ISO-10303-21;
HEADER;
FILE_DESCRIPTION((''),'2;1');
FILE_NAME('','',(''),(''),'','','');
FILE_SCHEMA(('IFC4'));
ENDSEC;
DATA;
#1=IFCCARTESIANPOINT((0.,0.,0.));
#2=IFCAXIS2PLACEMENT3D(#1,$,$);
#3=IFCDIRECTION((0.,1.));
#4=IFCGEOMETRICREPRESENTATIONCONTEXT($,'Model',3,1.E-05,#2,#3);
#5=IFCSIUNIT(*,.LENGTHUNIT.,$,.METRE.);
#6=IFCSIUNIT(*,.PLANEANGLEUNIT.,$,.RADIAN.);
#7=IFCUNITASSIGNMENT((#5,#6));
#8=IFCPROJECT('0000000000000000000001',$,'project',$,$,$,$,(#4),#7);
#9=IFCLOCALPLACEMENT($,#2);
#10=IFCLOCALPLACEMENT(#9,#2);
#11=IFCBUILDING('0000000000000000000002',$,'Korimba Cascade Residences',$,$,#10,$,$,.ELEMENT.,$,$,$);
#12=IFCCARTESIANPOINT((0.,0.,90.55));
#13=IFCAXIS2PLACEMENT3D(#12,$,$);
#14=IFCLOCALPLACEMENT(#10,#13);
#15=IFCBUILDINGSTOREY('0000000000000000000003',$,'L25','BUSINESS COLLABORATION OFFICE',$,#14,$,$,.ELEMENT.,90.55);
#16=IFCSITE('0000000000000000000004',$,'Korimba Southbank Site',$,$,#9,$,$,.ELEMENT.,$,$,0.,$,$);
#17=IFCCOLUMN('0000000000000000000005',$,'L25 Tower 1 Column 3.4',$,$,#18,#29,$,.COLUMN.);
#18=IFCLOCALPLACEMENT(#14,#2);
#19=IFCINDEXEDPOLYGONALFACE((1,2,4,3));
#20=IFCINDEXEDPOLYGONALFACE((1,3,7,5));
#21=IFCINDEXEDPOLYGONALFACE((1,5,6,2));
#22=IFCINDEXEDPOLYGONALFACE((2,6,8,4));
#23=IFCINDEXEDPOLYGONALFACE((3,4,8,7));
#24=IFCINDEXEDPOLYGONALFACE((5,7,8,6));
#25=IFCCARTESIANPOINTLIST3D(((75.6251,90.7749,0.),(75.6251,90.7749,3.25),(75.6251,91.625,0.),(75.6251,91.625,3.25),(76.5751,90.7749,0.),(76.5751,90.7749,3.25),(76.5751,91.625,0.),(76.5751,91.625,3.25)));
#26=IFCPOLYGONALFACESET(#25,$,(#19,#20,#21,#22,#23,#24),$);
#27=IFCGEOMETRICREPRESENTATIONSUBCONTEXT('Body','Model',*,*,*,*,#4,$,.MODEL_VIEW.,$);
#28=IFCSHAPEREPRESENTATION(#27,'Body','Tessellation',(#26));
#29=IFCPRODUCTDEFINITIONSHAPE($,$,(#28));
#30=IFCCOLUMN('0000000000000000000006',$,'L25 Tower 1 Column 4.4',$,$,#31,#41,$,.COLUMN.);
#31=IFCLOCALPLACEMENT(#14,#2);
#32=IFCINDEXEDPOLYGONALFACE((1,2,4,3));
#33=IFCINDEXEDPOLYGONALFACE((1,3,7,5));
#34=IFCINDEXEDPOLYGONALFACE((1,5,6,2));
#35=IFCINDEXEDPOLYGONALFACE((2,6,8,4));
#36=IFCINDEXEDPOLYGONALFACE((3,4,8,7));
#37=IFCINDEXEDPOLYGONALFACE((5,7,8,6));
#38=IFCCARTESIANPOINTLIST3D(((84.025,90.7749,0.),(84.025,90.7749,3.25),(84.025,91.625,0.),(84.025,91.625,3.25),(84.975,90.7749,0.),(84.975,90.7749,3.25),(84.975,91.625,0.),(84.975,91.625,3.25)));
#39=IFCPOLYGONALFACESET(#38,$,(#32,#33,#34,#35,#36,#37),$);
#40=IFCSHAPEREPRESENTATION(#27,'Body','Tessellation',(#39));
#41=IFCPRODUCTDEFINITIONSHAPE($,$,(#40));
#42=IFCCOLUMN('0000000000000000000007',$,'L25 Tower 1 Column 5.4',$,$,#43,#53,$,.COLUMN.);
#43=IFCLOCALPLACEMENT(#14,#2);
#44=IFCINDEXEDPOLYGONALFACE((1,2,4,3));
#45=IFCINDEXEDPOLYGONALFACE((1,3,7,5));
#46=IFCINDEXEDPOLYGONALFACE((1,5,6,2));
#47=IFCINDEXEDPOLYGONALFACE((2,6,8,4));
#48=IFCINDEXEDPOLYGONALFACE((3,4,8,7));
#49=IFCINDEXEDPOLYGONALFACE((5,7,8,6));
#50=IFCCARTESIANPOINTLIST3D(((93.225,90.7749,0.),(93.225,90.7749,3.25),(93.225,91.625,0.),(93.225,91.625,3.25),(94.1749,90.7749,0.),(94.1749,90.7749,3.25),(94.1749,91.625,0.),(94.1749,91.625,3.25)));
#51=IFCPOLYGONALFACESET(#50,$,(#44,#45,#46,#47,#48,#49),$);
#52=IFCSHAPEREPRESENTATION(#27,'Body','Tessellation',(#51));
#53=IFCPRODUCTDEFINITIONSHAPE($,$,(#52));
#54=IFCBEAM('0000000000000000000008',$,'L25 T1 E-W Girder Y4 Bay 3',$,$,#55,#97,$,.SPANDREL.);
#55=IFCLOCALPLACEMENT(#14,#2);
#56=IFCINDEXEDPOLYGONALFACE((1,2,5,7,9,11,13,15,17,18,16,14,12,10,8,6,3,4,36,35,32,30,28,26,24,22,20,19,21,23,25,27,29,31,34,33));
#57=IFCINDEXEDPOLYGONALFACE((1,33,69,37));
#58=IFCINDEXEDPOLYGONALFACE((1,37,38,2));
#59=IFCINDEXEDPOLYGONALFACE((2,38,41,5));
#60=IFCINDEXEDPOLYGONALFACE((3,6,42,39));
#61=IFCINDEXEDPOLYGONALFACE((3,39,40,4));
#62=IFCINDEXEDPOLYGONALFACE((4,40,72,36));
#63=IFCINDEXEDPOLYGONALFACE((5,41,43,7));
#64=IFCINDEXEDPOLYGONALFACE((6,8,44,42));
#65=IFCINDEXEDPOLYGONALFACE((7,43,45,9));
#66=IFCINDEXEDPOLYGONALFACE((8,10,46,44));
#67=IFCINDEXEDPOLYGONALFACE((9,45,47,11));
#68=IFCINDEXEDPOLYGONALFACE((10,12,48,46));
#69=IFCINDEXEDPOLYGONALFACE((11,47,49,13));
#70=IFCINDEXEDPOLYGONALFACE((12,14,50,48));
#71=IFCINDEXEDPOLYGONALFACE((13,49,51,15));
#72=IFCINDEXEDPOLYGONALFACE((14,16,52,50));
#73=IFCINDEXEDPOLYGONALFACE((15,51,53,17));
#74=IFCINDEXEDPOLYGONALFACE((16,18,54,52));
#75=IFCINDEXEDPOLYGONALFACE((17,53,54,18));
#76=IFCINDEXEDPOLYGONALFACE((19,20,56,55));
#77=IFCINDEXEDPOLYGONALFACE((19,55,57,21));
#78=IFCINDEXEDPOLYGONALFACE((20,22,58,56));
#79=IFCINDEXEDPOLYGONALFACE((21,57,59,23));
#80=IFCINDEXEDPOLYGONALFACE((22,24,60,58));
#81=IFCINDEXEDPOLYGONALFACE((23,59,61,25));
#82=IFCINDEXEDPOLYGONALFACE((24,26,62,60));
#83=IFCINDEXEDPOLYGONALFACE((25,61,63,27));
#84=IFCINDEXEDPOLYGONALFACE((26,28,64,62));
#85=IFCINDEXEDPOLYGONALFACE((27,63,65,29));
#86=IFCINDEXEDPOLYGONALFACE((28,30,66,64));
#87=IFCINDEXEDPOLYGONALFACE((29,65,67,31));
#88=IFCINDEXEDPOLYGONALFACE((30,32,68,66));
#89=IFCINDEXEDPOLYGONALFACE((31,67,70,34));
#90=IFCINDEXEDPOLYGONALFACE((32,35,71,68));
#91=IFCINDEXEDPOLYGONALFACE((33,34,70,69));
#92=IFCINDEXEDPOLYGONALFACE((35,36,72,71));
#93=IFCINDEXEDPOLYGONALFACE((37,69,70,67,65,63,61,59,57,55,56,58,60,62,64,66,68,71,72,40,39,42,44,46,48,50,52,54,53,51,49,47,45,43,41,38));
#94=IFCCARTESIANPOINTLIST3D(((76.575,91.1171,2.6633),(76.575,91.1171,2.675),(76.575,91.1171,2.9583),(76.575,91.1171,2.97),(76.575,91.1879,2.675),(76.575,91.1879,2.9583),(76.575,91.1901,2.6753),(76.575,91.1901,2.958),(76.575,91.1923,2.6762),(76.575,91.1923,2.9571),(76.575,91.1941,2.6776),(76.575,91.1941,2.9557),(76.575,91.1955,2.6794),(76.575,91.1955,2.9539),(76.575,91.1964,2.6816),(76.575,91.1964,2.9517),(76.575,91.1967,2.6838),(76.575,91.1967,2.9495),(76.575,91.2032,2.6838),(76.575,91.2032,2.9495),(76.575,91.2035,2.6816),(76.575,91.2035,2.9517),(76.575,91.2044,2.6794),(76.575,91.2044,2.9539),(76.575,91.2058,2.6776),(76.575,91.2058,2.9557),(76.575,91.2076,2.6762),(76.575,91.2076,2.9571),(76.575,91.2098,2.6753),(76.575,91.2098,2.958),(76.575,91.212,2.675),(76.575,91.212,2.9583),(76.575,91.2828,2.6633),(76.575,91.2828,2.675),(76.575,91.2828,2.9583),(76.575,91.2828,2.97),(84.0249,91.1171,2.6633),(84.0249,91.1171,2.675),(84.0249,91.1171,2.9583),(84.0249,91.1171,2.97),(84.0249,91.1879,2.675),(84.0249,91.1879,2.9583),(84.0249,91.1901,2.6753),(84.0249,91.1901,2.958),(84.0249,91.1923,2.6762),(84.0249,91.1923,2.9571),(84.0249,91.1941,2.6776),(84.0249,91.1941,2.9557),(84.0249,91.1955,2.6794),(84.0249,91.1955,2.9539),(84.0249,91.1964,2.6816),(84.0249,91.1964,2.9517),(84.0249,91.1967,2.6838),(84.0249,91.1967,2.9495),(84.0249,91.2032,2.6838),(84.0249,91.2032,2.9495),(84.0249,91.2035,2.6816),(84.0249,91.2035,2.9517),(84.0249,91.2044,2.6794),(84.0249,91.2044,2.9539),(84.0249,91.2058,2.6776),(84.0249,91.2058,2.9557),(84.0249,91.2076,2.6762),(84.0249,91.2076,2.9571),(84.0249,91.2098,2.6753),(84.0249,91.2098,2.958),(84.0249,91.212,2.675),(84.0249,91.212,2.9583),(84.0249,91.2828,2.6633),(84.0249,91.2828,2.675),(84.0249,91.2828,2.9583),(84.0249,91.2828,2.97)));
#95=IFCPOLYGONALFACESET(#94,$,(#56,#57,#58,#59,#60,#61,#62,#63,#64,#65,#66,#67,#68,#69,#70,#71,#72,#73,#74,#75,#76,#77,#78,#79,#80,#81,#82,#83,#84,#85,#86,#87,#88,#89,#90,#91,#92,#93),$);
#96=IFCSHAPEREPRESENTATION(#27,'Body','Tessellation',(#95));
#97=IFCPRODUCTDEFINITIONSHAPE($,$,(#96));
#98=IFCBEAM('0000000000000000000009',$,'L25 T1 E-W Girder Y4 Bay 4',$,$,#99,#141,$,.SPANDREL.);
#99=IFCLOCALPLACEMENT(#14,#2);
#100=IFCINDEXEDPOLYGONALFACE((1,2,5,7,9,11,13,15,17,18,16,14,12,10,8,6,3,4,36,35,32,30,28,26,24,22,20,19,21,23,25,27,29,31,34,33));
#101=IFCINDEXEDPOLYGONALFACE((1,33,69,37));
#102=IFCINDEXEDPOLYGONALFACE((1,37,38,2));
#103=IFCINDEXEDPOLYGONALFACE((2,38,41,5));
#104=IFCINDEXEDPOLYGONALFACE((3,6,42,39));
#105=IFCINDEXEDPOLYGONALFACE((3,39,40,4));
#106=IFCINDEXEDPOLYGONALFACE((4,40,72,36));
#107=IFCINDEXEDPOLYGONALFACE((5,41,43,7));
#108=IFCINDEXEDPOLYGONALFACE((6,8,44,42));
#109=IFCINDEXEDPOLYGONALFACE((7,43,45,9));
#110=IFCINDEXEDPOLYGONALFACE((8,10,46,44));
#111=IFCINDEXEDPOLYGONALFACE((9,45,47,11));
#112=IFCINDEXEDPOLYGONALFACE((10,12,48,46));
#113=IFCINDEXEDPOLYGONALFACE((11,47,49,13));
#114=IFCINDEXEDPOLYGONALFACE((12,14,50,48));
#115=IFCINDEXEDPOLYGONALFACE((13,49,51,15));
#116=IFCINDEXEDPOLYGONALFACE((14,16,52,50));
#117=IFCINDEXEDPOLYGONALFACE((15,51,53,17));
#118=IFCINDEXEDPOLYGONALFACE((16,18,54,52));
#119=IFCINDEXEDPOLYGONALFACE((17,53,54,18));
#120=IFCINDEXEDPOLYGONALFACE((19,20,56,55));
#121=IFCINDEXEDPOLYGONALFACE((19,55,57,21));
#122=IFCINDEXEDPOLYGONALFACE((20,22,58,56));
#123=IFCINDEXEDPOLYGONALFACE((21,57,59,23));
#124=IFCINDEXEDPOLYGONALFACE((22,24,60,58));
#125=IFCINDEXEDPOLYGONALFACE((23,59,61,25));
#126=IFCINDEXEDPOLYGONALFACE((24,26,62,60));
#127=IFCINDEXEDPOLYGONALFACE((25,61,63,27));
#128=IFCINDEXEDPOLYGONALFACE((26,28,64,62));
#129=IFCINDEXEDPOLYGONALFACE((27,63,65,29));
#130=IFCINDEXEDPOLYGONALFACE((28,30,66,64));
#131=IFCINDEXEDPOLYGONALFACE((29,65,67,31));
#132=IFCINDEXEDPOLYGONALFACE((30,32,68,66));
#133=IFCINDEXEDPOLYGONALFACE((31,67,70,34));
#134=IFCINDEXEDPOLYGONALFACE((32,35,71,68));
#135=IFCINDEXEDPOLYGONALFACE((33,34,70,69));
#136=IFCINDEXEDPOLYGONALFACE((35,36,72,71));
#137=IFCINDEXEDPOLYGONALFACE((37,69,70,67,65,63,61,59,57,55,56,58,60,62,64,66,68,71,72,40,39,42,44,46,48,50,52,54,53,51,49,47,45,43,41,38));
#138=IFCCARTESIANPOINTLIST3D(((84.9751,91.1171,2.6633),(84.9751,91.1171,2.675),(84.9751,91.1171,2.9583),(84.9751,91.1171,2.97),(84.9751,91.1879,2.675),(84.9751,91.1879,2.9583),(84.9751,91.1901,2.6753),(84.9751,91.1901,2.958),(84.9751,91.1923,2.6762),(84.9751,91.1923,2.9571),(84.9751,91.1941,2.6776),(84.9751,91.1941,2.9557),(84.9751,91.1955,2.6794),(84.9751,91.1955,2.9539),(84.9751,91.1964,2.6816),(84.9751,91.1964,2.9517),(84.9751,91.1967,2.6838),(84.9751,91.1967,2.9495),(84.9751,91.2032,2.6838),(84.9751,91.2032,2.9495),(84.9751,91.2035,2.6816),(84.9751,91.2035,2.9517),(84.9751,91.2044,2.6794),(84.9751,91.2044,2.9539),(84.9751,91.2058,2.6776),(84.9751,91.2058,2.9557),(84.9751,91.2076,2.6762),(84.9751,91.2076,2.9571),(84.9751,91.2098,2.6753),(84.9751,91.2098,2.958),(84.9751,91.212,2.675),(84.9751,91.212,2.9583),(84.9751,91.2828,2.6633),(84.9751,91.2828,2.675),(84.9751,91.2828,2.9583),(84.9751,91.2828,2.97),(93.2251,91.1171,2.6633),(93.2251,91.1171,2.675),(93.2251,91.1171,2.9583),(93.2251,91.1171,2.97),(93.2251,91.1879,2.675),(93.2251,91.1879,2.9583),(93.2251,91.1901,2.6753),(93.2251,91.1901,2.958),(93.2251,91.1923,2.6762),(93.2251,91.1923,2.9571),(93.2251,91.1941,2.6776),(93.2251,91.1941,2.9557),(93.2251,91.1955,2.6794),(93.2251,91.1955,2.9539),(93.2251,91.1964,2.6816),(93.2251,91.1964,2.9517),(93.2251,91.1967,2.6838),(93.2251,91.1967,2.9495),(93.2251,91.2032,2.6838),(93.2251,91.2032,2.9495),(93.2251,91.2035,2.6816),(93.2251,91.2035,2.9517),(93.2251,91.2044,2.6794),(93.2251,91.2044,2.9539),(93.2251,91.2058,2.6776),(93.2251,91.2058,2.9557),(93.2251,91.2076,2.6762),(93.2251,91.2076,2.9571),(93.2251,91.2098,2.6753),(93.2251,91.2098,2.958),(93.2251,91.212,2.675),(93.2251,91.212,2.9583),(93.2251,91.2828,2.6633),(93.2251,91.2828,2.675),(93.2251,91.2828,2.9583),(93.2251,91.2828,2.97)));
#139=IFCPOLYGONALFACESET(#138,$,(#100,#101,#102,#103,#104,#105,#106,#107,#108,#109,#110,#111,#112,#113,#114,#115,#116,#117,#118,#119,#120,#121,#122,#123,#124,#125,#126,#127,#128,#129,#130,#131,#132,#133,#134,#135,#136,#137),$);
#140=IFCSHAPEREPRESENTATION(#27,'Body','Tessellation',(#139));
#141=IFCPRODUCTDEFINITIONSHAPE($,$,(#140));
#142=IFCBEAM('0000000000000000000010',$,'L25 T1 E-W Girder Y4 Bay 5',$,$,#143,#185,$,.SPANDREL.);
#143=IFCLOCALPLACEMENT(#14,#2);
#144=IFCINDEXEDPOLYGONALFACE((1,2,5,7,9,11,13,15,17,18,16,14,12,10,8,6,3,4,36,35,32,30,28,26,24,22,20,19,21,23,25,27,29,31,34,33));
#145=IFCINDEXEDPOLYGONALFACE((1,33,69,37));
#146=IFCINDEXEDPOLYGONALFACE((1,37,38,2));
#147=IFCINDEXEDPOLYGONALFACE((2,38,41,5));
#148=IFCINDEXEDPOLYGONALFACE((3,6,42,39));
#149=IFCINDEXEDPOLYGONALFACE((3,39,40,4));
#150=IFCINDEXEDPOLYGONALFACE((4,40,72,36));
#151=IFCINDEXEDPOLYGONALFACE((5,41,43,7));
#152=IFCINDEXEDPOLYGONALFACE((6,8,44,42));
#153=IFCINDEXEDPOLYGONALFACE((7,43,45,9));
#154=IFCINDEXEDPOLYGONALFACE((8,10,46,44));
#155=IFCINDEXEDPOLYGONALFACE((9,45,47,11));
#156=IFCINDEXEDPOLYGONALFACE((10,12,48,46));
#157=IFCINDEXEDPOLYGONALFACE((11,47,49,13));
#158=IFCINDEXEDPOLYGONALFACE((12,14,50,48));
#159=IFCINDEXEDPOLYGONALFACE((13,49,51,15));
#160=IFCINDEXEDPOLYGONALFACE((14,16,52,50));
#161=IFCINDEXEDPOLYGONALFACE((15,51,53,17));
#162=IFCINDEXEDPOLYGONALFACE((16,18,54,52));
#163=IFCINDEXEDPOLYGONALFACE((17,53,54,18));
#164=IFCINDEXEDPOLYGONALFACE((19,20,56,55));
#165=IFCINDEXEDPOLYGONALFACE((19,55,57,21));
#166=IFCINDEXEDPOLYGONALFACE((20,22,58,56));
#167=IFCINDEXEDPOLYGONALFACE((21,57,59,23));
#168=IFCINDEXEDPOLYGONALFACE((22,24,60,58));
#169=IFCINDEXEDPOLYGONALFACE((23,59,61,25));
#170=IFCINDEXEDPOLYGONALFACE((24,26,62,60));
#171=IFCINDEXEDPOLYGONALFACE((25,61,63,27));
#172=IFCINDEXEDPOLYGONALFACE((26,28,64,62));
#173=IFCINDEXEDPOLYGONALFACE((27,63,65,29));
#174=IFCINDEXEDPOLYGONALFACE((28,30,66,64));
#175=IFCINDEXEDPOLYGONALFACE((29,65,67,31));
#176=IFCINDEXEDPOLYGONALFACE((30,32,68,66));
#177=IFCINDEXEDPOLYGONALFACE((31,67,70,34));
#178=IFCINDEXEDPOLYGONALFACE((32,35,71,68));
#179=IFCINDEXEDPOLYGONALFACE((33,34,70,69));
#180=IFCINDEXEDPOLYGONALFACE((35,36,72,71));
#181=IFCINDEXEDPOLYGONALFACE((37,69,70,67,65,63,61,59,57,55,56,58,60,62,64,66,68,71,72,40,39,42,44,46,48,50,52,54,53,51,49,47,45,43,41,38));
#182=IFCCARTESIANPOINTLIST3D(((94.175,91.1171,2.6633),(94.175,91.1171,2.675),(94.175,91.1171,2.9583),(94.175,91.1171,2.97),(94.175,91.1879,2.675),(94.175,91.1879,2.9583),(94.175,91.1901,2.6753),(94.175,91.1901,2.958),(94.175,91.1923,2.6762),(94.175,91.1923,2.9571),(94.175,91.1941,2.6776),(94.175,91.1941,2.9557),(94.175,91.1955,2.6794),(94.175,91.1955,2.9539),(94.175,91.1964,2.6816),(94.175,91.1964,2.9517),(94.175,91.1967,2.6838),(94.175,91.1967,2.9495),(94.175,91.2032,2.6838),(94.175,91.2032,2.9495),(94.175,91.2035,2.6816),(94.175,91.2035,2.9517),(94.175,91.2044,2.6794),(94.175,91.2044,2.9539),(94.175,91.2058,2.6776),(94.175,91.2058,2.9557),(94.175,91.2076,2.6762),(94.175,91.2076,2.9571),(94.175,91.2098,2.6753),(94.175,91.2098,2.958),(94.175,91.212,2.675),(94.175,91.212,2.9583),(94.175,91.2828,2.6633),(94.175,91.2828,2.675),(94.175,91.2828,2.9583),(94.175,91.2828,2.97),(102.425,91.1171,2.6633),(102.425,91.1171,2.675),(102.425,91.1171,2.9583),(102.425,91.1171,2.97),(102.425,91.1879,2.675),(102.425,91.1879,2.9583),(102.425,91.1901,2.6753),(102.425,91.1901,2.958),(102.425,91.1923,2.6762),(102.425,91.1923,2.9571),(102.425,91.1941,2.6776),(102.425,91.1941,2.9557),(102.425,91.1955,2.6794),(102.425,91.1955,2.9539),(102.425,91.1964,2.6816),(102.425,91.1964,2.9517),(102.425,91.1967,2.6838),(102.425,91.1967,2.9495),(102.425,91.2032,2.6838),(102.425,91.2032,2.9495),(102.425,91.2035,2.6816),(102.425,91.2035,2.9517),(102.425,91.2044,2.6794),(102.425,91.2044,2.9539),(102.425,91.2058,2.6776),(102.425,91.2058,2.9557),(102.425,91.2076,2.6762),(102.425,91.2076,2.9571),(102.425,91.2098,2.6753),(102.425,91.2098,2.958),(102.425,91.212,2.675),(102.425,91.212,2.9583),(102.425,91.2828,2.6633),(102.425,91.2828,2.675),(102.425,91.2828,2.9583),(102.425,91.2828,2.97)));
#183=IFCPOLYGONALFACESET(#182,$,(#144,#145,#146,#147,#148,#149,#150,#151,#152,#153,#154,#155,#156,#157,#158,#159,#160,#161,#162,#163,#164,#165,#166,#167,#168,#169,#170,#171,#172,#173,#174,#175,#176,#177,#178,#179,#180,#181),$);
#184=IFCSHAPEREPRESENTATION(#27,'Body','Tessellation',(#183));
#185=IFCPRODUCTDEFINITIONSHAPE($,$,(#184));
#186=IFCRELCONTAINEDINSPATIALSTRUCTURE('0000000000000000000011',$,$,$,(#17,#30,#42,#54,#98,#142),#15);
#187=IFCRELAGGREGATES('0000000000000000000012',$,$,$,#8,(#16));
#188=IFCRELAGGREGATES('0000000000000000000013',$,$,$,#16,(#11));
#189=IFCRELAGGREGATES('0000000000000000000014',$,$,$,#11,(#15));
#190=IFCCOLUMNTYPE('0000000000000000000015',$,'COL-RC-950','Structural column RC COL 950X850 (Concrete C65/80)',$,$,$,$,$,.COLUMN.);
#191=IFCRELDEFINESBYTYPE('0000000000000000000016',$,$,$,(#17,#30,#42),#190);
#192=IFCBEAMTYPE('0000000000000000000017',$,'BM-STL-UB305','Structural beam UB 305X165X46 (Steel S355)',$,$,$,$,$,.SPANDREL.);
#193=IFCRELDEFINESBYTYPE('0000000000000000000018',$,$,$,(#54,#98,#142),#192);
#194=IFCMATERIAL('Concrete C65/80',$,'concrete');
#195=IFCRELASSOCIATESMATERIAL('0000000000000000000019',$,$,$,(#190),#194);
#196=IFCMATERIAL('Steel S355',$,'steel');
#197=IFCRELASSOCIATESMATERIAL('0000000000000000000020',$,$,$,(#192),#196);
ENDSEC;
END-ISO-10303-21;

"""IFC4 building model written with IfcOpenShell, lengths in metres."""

from ifc_helpers import new_model, si_unit, direction, frame, origin, origin_2d, place, context, subcontext, project, spatial, rectangle, i_section, extrude, material, material_profile, profile_set, type_object, element, save


model = new_model("IFC4")

# Units and contexts
model_context = context("Model", 3, precision=1e-05, world=origin(), true_north=direction((0.0, 1.0)))
body_context = subcontext(model_context, "Body", "Model", "MODEL_VIEW")
ifc_project = project(units=[si_unit("LENGTHUNIT", "METRE"), si_unit("PLANEANGLEUNIT", "RADIAN")], contexts=[model_context])

# Site, building, storey
site_placement = place(None, origin())
site = spatial("IfcSite", under=ifc_project, at=site_placement, Name="Korimba Southbank Site", CompositionType="ELEMENT", RefElevation=0.0)
building_placement = place(site_placement, origin())
building = spatial("IfcBuilding", under=site, at=building_placement, Name="Korimba Cascade Residences", CompositionType="ELEMENT")
storey_placement = place(building_placement, frame((0.0, 0.0, 90.55)))
storey = spatial("IfcBuildingStorey", under=building, at=storey_placement, Name="L25", Description="BUSINESS COLLABORATION OFFICE", CompositionType="ELEMENT", Elevation=90.55)

# Columns
ifc_material_1 = material(Name="Concrete C65/80", Category="concrete")
ifc_material_profile_1 = material_profile(ifc_material_1, rectangle(XDim=0.95, YDim=0.8501, at=origin_2d()), Name="Concrete C65/80")
ifc_profile_set_1 = profile_set([ifc_material_profile_1], Name="Concrete C65/80")
column_type = type_object("IfcColumnType", Name="COL-RC-950", Description="Structural column RC COL 950X850 (Concrete C65/80)", PredefinedType="COLUMN", material=ifc_profile_set_1)
for number, where, z_axis, x_axis, name in (
    (1, (76.1001, 91.2, 0.0), (0.0, 0.0, 1.0), (1.0, 0.0, 0.0), "L25 Tower 1 Column 3.4"),
    (2, (84.5, 91.2, 0.0), (0.0, 0.0, 1.0), (1.0, 0.0, 0.0), "L25 Tower 1 Column 4.4"),
    (3, (93.7, 91.2, 0.0), (0.0, 0.0, 1.0), (1.0, 0.0, 0.0), "L25 Tower 1 Column 5.4"),
):
    element("IfcColumn", number, at=place(storey_placement, frame(where, z_axis=z_axis, x_axis=x_axis)), inside=storey, type_object=column_type, Name=name, PredefinedType="COLUMN", context=body_context, shape_type="SweptSolid", body=[
        extrude(rectangle(XDim=0.95, YDim=0.8501, at=origin_2d()), origin(), (0.0, 0.0, 1.0), 3.25),
    ])

# Beams
ifc_material_2 = material(Name="Steel S355", Category="steel")
ifc_material_profile_2 = material_profile(ifc_material_2, i_section(OverallWidth=0.1658, OverallDepth=0.3066, WebThickness=0.0066, FlangeThickness=0.0117, FilletRadius=0.0088, at=origin_2d()), Name="Steel S355")
ifc_profile_set_2 = profile_set([ifc_material_profile_2], Name="Steel S355")
beam_type_1 = type_object("IfcBeamType", Name="BM-STL-UB305", Description="Structural beam UB 305X165X46 (Steel S355)", PredefinedType="SPANDREL", material=ifc_profile_set_2)
beam_1_placement = place(storey_placement, frame((76.575, 91.2, 2.8167), z_axis=(1.0, 0.0, 0.0), x_axis=(0.0, 1.0, 0.0)))
element("IfcBeam", 4, at=beam_1_placement, inside=storey, type_object=beam_type_1, Name="L25 T1 E-W Girder Y4 Bay 3", PredefinedType="SPANDREL", context=body_context, shape_type="SweptSolid", body=[
    extrude(i_section(OverallWidth=0.1658, OverallDepth=0.3066, WebThickness=0.0066, FlangeThickness=0.0117, FilletRadius=0.0088, at=origin_2d()), origin(), (0.0, 0.0, 1.0), 7.45),
])
for number, where, z_axis, x_axis, name in (
    (5, (84.9751, 91.2, 2.8167), (1.0, 0.0, 0.0), (0.0, 1.0, 0.0), "L25 T1 E-W Girder Y4 Bay 4"),
    (6, (94.175, 91.2, 2.8167), (1.0, 0.0, 0.0), (0.0, 1.0, 0.0), "L25 T1 E-W Girder Y4 Bay 5"),
):
    element("IfcBeam", number, at=place(storey_placement, frame(where, z_axis=z_axis, x_axis=x_axis)), inside=storey, type_object=beam_type_1, Name=name, PredefinedType="SPANDREL", context=body_context, shape_type="SweptSolid", body=[
        extrude(i_section(OverallWidth=0.1658, OverallDepth=0.3066, WebThickness=0.0066, FlangeThickness=0.0117, FilletRadius=0.0088, at=origin_2d()), origin(), (0.0, 0.0, 1.0), 8.25),
    ])

save(model, "model.ifc")
